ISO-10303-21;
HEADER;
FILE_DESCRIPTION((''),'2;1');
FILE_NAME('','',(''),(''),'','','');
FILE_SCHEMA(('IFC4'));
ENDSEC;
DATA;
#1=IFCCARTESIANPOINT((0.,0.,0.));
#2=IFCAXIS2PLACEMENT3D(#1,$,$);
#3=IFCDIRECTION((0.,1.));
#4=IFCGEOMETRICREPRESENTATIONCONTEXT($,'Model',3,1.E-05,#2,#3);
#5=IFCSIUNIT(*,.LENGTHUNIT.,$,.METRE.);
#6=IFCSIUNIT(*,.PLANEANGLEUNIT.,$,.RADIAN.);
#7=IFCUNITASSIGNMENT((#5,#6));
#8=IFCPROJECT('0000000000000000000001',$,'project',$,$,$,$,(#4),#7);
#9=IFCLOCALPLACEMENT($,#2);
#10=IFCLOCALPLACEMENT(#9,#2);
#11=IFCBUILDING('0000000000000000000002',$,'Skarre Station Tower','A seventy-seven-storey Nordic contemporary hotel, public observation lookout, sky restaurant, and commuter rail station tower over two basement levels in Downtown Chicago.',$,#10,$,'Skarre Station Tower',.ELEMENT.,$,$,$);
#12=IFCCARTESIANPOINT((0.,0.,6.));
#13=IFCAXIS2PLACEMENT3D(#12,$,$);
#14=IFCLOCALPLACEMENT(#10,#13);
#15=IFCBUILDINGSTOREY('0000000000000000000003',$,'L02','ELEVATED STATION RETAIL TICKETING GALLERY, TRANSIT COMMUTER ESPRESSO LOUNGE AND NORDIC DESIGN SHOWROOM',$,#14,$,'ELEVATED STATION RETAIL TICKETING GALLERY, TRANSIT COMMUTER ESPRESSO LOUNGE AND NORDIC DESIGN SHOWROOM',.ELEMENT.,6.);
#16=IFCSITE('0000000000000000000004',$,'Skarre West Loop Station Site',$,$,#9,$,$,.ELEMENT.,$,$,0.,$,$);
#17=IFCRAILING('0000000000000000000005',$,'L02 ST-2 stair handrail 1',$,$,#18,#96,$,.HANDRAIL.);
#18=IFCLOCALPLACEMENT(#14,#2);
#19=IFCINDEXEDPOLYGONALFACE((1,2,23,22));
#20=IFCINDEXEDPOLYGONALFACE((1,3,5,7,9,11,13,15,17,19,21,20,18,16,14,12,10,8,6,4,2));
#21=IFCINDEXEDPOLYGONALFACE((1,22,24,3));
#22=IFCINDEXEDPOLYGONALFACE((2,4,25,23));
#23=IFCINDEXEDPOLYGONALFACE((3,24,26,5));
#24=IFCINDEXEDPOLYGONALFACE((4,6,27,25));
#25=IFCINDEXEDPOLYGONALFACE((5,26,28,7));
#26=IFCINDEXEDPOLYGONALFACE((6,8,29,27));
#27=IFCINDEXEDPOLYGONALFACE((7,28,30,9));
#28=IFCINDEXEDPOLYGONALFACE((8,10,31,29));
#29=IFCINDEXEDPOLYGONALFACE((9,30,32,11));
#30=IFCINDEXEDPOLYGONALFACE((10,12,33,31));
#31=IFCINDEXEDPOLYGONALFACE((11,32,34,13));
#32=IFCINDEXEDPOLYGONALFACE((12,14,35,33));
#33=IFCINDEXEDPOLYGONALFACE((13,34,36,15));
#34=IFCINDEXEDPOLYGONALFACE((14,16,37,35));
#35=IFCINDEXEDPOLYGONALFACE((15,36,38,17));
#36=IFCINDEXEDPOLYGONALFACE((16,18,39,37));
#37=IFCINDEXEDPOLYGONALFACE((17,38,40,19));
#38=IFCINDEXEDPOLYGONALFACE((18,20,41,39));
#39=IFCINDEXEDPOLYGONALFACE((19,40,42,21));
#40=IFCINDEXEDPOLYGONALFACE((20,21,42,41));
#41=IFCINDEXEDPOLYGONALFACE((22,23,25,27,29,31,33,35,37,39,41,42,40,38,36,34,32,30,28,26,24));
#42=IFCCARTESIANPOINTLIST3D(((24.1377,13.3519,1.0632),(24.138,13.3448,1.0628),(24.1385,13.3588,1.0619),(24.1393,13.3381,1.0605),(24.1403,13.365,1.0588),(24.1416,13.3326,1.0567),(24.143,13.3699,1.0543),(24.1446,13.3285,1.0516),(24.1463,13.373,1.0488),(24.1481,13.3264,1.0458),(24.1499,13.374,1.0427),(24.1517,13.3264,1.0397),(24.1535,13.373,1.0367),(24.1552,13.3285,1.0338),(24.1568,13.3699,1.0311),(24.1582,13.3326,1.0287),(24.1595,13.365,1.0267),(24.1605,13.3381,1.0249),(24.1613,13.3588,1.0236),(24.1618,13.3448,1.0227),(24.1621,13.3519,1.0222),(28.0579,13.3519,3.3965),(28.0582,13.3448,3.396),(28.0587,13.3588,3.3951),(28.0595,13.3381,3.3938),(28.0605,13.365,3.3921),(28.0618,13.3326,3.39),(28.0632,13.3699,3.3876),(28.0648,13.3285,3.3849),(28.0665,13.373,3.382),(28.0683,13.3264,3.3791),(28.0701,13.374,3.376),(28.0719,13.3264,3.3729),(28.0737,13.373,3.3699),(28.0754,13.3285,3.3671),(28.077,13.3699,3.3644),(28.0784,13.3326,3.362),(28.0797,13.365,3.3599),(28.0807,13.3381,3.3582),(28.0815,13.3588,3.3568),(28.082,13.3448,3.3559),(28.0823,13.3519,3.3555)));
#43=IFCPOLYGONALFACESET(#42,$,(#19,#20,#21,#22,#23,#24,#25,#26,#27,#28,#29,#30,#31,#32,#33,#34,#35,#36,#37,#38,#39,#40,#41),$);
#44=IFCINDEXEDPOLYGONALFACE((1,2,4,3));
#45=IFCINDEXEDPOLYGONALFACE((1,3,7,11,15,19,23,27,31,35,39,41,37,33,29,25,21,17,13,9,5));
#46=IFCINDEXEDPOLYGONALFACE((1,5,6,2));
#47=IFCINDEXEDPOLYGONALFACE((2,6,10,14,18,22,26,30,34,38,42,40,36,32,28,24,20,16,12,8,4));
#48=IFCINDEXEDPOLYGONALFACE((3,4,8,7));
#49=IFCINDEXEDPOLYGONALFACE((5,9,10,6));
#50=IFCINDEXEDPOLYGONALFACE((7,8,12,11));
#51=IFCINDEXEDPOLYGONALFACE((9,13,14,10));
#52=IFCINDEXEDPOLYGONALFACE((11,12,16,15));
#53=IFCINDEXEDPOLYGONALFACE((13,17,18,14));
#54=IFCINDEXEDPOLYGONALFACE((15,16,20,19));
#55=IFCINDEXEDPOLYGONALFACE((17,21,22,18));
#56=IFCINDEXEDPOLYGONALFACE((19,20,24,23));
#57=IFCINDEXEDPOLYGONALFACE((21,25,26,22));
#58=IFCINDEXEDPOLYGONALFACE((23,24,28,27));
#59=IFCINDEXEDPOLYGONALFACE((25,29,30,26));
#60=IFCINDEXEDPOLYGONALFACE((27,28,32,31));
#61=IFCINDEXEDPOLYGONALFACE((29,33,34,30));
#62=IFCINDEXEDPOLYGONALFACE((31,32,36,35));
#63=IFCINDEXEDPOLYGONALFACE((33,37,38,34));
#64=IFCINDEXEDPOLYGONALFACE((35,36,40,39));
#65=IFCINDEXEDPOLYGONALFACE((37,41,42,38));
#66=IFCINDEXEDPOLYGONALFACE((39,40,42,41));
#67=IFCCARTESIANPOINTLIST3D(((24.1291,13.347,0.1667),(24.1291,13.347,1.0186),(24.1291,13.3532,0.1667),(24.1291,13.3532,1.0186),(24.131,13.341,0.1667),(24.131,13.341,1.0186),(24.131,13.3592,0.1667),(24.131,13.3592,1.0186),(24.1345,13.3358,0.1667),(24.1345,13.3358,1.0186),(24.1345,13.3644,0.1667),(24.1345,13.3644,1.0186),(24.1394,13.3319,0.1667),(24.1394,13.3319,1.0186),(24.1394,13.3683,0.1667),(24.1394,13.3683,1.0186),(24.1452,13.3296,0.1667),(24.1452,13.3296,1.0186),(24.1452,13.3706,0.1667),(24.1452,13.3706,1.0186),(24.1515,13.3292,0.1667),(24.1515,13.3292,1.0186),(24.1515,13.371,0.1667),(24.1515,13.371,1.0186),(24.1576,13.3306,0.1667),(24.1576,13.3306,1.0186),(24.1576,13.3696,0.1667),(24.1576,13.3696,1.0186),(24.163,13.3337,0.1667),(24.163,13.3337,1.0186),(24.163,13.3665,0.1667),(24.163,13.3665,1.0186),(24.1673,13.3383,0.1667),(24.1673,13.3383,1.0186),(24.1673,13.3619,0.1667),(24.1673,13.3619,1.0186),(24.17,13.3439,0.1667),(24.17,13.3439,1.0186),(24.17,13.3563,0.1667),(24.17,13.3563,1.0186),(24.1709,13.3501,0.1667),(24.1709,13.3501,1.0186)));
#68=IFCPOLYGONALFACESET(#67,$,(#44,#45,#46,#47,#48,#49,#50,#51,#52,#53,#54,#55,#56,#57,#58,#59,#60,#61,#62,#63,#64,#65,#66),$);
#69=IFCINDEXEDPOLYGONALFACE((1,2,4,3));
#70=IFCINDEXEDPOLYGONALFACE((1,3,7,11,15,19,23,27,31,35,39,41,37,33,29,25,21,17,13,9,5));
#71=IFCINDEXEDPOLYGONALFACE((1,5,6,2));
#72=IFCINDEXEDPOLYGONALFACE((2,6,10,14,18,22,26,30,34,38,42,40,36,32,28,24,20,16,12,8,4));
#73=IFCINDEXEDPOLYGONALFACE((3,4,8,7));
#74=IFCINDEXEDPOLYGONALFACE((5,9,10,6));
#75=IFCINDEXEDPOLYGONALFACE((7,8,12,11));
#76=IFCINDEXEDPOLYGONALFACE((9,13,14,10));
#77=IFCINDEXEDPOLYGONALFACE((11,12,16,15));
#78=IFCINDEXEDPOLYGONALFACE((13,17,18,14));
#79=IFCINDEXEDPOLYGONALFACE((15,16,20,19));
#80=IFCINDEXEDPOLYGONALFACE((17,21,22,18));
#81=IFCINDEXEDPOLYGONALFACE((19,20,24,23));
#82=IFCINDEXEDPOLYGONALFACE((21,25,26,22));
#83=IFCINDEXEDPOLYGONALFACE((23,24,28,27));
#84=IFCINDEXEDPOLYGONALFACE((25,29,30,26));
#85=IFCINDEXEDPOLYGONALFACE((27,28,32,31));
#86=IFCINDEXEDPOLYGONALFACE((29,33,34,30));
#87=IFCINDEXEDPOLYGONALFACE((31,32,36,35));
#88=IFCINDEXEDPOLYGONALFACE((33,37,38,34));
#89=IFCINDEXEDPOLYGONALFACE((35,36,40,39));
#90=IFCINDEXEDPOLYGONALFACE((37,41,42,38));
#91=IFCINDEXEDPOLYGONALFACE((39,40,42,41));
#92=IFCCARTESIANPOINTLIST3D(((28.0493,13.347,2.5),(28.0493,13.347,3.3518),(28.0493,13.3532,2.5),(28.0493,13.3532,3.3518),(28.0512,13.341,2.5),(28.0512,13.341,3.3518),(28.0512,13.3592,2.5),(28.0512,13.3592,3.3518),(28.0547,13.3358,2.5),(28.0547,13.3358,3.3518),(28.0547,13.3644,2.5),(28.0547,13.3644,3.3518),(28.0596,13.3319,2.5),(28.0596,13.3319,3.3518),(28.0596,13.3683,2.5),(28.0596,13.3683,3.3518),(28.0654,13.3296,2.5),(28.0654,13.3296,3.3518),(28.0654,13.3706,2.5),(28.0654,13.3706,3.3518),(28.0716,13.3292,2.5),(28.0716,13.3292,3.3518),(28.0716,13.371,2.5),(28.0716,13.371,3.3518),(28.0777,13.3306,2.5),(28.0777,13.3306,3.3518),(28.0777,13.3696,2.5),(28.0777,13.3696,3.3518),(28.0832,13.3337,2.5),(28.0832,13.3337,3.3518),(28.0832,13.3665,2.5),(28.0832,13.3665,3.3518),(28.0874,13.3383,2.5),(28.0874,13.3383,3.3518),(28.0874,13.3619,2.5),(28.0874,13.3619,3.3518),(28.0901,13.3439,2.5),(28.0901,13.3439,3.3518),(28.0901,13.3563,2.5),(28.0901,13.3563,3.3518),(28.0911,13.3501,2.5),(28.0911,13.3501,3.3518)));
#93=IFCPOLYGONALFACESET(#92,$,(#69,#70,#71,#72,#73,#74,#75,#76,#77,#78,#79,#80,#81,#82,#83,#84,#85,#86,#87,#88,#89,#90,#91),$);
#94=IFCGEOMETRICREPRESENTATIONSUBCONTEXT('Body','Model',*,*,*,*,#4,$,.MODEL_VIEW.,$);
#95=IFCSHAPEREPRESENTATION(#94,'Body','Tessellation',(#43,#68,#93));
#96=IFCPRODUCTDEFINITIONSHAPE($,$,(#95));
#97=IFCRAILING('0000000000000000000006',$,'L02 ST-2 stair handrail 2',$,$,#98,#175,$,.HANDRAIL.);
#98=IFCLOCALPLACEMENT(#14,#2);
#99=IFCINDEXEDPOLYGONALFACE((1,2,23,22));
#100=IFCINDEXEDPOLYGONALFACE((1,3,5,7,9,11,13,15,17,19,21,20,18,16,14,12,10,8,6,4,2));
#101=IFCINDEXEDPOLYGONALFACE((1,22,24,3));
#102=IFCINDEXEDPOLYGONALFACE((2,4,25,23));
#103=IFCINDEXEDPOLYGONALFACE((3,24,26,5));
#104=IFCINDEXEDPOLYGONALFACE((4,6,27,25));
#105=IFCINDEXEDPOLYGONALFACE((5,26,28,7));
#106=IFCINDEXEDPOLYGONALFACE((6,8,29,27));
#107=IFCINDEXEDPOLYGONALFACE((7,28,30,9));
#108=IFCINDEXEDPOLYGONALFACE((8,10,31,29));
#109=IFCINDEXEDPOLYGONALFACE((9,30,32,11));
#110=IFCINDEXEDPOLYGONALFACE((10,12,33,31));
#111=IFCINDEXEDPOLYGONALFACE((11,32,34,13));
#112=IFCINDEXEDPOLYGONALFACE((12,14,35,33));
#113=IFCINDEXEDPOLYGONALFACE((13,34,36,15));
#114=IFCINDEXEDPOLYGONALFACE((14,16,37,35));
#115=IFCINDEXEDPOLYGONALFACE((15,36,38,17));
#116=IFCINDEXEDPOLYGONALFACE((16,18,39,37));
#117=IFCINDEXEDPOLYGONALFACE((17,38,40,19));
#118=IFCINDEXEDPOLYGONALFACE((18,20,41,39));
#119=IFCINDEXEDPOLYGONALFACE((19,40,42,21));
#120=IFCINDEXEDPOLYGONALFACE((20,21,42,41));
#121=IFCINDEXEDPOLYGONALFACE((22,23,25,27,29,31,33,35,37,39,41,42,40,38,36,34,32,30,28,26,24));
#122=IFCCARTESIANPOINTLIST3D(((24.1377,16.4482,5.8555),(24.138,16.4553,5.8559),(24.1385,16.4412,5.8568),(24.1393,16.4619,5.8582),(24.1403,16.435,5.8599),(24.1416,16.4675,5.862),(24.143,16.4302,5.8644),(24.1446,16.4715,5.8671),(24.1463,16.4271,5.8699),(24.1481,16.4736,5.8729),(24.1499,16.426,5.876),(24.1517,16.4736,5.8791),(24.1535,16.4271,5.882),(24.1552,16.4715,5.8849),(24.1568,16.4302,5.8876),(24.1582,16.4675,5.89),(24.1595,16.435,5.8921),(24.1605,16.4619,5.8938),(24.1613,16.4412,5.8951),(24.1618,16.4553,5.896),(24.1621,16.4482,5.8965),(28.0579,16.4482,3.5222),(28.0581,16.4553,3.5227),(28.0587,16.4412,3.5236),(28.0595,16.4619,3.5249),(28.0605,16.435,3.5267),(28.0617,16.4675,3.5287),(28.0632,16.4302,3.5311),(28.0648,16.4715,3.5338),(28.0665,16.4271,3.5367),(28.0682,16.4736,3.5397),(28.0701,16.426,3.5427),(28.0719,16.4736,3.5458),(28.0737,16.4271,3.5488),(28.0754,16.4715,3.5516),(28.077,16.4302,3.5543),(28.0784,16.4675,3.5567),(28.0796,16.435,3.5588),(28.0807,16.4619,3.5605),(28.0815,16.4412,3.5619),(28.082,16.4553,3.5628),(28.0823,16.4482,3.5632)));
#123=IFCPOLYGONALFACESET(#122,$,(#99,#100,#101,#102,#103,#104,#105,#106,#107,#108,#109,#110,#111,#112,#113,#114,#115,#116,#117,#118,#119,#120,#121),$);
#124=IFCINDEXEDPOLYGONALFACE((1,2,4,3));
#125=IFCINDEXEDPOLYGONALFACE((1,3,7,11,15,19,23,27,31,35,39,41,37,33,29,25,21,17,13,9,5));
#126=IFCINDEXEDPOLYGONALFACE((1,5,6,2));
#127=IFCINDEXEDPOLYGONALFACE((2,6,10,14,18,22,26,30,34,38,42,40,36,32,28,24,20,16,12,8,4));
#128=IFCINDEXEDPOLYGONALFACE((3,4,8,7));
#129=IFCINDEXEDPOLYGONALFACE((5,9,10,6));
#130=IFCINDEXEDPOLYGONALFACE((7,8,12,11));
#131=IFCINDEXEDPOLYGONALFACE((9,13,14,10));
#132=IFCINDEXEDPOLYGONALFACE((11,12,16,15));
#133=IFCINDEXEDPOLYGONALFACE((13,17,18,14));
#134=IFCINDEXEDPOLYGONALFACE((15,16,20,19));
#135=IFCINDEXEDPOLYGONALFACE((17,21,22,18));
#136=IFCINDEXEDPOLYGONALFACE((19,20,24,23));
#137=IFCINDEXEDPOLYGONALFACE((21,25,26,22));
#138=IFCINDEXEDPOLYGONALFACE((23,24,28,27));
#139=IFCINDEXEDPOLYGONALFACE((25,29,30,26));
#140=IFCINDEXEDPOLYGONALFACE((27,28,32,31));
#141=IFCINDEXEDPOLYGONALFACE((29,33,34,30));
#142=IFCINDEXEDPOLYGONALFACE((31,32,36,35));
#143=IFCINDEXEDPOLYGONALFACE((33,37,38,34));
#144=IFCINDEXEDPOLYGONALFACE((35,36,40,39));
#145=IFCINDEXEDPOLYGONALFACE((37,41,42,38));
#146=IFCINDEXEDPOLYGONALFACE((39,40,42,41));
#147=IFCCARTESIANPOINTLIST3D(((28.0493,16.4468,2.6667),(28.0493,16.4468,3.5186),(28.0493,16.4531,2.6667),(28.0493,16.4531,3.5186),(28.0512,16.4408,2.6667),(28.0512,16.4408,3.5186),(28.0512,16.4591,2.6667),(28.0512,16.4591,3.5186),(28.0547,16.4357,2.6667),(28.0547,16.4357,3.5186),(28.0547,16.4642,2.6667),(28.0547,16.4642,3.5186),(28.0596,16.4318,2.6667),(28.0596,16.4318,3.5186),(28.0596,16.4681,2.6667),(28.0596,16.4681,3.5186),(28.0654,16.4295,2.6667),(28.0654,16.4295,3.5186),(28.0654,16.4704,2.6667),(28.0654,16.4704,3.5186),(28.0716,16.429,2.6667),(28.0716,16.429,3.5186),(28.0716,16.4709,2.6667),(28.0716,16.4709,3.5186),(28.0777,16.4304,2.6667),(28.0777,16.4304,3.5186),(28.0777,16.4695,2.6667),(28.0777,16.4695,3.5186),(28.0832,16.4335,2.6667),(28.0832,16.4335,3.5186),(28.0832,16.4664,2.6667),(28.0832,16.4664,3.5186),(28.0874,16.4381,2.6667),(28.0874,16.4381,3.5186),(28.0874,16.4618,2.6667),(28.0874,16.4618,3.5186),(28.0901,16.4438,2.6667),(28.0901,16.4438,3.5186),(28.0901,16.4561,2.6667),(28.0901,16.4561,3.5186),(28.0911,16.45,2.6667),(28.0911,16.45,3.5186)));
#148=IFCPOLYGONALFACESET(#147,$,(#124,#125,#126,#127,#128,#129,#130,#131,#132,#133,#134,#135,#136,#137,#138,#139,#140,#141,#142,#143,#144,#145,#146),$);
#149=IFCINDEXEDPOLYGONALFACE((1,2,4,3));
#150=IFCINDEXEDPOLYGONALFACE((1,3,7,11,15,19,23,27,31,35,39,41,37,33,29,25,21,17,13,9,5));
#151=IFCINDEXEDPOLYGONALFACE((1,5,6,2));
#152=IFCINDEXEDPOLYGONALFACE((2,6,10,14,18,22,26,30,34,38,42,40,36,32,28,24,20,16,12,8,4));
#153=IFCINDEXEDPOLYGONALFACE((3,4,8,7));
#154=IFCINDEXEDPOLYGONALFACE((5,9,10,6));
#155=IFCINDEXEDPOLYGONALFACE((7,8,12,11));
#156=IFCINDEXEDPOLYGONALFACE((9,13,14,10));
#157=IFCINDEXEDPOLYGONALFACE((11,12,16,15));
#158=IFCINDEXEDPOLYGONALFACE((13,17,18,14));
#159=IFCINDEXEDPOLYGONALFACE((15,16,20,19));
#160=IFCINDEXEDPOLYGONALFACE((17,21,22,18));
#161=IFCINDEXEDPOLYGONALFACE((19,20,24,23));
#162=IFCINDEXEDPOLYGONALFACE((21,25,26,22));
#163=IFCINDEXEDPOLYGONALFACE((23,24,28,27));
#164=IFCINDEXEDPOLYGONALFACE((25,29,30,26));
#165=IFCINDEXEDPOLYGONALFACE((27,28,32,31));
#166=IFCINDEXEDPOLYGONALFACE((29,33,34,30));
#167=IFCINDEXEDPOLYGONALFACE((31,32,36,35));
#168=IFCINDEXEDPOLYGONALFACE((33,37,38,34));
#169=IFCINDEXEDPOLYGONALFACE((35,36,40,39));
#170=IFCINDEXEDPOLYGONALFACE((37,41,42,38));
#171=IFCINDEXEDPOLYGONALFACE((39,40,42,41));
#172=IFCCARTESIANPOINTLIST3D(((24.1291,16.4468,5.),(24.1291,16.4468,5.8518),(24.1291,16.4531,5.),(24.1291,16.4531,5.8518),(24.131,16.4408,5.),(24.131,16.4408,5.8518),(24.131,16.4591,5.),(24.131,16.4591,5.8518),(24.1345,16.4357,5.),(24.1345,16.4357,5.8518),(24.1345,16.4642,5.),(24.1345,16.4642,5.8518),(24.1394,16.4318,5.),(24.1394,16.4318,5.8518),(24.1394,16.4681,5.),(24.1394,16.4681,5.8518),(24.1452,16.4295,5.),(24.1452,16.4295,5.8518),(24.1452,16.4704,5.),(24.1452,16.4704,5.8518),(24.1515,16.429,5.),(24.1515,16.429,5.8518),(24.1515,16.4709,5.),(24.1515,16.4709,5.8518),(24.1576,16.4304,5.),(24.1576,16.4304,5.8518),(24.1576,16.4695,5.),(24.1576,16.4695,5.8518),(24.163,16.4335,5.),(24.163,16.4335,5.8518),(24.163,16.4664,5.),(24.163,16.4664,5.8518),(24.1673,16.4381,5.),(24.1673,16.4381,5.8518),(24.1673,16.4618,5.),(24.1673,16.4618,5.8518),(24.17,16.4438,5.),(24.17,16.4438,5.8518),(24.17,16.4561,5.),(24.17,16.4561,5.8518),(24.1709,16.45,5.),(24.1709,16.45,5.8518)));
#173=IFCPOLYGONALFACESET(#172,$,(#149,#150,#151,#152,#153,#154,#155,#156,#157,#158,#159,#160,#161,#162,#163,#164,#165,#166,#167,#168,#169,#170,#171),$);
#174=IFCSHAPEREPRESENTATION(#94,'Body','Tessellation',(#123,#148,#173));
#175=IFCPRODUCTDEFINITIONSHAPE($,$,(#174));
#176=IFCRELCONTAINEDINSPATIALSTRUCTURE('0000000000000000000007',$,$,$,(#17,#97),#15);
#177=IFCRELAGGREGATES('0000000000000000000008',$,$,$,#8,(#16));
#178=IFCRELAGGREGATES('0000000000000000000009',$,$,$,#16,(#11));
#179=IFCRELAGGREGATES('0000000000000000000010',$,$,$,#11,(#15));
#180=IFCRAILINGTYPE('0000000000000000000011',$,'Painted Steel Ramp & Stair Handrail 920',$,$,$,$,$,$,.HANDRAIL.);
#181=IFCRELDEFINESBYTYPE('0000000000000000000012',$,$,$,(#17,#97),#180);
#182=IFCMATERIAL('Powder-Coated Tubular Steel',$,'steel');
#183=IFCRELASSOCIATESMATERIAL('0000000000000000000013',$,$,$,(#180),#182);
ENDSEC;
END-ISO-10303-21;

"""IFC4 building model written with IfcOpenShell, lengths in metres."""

from ifc_helpers import new_model, si_unit, direction, frame, origin, origin_2d, place, context, subcontext, project, spatial, circle, extrude, material, type_object, element, save


model = new_model("IFC4")

# Units and contexts
model_context = context("Model", 3, precision=1e-05, world=origin(), true_north=direction((0.0, 1.0)))
body_context = subcontext(model_context, "Body", "Model", "MODEL_VIEW")
ifc_project = project(units=[si_unit("LENGTHUNIT", "METRE"), si_unit("PLANEANGLEUNIT", "RADIAN")], contexts=[model_context])

# Site, building, storey
site_placement = place(None, origin())
site = spatial("IfcSite", under=ifc_project, at=site_placement, Name="Skarre West Loop Station Site", CompositionType="ELEMENT", RefElevation=0.0)
building_placement = place(site_placement, origin())
building = spatial("IfcBuilding", under=site, at=building_placement, Name="Skarre Station Tower", Description="A seventy-seven-storey Nordic contemporary hotel, public observation lookout, sky restaurant, and commuter rail station tower over two basement levels in Downtown Chicago.", LongName="Skarre Station Tower", CompositionType="ELEMENT")
storey_placement = place(building_placement, frame((0.0, 0.0, 6.0)))
storey = spatial("IfcBuildingStorey", under=building, at=storey_placement, Name="L02", Description="ELEVATED STATION RETAIL TICKETING GALLERY, TRANSIT COMMUTER ESPRESSO LOUNGE AND NORDIC DESIGN SHOWROOM", LongName="ELEVATED STATION RETAIL TICKETING GALLERY, TRANSIT COMMUTER ESPRESSO LOUNGE AND NORDIC DESIGN SHOWROOM", CompositionType="ELEMENT", Elevation=6.0)

# Railings
ifc_material_1 = material(Name="Powder-Coated Tubular Steel", Category="steel")
railing_type_1 = type_object("IfcRailingType", Name="Painted Steel Ramp & Stair Handrail 920", PredefinedType="HANDRAIL", material=ifc_material_1)
railing_1_placement = place(storey_placement, frame((24.1499, 13.3501, 0.1667)))
element("IfcRailing", 1, at=railing_1_placement, inside=storey, type_object=railing_type_1, Name="L02 ST-2 stair handrail 1", PredefinedType="HANDRAIL", context=body_context, shape_type="SweptSolid", body=[
    extrude(circle(Radius=0.0239, at=origin_2d()), frame((0.0, 0.0, 0.876), z_axis=(0.85931, 0.0, 0.511455), x_axis=(0.0, 1.0, 0.0)), (0.0, 0.0, 1.0), 4.562),
    extrude(circle(Radius=0.021, at=origin_2d()), origin(), (0.0, 0.0, 1.0), 0.8518),
    extrude(circle(Radius=0.021, at=origin_2d()), frame((3.9202, 0.0, 2.3333)), (0.0, 0.0, 1.0), 0.8518),
])
railing_2_placement = place(storey_placement, frame((28.0701, 16.45, 2.6667)))
element("IfcRailing", 2, at=railing_2_placement, inside=storey, type_object=railing_type_1, Name="L02 ST-2 stair handrail 2", PredefinedType="HANDRAIL", context=body_context, shape_type="SweptSolid", body=[
    extrude(circle(Radius=0.0239, at=origin_2d()), frame((0.0, 0.0, 0.876), z_axis=(-0.85931, 0.0, 0.511455), x_axis=(0.0, -1.0, 0.0)), (0.0, 0.0, 1.0), 4.562),
    extrude(circle(Radius=0.021, at=origin_2d()), origin(), (0.0, 0.0, 1.0), 0.8518),
    extrude(circle(Radius=0.021, at=origin_2d()), frame((-3.9202, 0.0, 2.3333)), (0.0, 0.0, 1.0), 0.8518),
])

save(model, "model.ifc")
